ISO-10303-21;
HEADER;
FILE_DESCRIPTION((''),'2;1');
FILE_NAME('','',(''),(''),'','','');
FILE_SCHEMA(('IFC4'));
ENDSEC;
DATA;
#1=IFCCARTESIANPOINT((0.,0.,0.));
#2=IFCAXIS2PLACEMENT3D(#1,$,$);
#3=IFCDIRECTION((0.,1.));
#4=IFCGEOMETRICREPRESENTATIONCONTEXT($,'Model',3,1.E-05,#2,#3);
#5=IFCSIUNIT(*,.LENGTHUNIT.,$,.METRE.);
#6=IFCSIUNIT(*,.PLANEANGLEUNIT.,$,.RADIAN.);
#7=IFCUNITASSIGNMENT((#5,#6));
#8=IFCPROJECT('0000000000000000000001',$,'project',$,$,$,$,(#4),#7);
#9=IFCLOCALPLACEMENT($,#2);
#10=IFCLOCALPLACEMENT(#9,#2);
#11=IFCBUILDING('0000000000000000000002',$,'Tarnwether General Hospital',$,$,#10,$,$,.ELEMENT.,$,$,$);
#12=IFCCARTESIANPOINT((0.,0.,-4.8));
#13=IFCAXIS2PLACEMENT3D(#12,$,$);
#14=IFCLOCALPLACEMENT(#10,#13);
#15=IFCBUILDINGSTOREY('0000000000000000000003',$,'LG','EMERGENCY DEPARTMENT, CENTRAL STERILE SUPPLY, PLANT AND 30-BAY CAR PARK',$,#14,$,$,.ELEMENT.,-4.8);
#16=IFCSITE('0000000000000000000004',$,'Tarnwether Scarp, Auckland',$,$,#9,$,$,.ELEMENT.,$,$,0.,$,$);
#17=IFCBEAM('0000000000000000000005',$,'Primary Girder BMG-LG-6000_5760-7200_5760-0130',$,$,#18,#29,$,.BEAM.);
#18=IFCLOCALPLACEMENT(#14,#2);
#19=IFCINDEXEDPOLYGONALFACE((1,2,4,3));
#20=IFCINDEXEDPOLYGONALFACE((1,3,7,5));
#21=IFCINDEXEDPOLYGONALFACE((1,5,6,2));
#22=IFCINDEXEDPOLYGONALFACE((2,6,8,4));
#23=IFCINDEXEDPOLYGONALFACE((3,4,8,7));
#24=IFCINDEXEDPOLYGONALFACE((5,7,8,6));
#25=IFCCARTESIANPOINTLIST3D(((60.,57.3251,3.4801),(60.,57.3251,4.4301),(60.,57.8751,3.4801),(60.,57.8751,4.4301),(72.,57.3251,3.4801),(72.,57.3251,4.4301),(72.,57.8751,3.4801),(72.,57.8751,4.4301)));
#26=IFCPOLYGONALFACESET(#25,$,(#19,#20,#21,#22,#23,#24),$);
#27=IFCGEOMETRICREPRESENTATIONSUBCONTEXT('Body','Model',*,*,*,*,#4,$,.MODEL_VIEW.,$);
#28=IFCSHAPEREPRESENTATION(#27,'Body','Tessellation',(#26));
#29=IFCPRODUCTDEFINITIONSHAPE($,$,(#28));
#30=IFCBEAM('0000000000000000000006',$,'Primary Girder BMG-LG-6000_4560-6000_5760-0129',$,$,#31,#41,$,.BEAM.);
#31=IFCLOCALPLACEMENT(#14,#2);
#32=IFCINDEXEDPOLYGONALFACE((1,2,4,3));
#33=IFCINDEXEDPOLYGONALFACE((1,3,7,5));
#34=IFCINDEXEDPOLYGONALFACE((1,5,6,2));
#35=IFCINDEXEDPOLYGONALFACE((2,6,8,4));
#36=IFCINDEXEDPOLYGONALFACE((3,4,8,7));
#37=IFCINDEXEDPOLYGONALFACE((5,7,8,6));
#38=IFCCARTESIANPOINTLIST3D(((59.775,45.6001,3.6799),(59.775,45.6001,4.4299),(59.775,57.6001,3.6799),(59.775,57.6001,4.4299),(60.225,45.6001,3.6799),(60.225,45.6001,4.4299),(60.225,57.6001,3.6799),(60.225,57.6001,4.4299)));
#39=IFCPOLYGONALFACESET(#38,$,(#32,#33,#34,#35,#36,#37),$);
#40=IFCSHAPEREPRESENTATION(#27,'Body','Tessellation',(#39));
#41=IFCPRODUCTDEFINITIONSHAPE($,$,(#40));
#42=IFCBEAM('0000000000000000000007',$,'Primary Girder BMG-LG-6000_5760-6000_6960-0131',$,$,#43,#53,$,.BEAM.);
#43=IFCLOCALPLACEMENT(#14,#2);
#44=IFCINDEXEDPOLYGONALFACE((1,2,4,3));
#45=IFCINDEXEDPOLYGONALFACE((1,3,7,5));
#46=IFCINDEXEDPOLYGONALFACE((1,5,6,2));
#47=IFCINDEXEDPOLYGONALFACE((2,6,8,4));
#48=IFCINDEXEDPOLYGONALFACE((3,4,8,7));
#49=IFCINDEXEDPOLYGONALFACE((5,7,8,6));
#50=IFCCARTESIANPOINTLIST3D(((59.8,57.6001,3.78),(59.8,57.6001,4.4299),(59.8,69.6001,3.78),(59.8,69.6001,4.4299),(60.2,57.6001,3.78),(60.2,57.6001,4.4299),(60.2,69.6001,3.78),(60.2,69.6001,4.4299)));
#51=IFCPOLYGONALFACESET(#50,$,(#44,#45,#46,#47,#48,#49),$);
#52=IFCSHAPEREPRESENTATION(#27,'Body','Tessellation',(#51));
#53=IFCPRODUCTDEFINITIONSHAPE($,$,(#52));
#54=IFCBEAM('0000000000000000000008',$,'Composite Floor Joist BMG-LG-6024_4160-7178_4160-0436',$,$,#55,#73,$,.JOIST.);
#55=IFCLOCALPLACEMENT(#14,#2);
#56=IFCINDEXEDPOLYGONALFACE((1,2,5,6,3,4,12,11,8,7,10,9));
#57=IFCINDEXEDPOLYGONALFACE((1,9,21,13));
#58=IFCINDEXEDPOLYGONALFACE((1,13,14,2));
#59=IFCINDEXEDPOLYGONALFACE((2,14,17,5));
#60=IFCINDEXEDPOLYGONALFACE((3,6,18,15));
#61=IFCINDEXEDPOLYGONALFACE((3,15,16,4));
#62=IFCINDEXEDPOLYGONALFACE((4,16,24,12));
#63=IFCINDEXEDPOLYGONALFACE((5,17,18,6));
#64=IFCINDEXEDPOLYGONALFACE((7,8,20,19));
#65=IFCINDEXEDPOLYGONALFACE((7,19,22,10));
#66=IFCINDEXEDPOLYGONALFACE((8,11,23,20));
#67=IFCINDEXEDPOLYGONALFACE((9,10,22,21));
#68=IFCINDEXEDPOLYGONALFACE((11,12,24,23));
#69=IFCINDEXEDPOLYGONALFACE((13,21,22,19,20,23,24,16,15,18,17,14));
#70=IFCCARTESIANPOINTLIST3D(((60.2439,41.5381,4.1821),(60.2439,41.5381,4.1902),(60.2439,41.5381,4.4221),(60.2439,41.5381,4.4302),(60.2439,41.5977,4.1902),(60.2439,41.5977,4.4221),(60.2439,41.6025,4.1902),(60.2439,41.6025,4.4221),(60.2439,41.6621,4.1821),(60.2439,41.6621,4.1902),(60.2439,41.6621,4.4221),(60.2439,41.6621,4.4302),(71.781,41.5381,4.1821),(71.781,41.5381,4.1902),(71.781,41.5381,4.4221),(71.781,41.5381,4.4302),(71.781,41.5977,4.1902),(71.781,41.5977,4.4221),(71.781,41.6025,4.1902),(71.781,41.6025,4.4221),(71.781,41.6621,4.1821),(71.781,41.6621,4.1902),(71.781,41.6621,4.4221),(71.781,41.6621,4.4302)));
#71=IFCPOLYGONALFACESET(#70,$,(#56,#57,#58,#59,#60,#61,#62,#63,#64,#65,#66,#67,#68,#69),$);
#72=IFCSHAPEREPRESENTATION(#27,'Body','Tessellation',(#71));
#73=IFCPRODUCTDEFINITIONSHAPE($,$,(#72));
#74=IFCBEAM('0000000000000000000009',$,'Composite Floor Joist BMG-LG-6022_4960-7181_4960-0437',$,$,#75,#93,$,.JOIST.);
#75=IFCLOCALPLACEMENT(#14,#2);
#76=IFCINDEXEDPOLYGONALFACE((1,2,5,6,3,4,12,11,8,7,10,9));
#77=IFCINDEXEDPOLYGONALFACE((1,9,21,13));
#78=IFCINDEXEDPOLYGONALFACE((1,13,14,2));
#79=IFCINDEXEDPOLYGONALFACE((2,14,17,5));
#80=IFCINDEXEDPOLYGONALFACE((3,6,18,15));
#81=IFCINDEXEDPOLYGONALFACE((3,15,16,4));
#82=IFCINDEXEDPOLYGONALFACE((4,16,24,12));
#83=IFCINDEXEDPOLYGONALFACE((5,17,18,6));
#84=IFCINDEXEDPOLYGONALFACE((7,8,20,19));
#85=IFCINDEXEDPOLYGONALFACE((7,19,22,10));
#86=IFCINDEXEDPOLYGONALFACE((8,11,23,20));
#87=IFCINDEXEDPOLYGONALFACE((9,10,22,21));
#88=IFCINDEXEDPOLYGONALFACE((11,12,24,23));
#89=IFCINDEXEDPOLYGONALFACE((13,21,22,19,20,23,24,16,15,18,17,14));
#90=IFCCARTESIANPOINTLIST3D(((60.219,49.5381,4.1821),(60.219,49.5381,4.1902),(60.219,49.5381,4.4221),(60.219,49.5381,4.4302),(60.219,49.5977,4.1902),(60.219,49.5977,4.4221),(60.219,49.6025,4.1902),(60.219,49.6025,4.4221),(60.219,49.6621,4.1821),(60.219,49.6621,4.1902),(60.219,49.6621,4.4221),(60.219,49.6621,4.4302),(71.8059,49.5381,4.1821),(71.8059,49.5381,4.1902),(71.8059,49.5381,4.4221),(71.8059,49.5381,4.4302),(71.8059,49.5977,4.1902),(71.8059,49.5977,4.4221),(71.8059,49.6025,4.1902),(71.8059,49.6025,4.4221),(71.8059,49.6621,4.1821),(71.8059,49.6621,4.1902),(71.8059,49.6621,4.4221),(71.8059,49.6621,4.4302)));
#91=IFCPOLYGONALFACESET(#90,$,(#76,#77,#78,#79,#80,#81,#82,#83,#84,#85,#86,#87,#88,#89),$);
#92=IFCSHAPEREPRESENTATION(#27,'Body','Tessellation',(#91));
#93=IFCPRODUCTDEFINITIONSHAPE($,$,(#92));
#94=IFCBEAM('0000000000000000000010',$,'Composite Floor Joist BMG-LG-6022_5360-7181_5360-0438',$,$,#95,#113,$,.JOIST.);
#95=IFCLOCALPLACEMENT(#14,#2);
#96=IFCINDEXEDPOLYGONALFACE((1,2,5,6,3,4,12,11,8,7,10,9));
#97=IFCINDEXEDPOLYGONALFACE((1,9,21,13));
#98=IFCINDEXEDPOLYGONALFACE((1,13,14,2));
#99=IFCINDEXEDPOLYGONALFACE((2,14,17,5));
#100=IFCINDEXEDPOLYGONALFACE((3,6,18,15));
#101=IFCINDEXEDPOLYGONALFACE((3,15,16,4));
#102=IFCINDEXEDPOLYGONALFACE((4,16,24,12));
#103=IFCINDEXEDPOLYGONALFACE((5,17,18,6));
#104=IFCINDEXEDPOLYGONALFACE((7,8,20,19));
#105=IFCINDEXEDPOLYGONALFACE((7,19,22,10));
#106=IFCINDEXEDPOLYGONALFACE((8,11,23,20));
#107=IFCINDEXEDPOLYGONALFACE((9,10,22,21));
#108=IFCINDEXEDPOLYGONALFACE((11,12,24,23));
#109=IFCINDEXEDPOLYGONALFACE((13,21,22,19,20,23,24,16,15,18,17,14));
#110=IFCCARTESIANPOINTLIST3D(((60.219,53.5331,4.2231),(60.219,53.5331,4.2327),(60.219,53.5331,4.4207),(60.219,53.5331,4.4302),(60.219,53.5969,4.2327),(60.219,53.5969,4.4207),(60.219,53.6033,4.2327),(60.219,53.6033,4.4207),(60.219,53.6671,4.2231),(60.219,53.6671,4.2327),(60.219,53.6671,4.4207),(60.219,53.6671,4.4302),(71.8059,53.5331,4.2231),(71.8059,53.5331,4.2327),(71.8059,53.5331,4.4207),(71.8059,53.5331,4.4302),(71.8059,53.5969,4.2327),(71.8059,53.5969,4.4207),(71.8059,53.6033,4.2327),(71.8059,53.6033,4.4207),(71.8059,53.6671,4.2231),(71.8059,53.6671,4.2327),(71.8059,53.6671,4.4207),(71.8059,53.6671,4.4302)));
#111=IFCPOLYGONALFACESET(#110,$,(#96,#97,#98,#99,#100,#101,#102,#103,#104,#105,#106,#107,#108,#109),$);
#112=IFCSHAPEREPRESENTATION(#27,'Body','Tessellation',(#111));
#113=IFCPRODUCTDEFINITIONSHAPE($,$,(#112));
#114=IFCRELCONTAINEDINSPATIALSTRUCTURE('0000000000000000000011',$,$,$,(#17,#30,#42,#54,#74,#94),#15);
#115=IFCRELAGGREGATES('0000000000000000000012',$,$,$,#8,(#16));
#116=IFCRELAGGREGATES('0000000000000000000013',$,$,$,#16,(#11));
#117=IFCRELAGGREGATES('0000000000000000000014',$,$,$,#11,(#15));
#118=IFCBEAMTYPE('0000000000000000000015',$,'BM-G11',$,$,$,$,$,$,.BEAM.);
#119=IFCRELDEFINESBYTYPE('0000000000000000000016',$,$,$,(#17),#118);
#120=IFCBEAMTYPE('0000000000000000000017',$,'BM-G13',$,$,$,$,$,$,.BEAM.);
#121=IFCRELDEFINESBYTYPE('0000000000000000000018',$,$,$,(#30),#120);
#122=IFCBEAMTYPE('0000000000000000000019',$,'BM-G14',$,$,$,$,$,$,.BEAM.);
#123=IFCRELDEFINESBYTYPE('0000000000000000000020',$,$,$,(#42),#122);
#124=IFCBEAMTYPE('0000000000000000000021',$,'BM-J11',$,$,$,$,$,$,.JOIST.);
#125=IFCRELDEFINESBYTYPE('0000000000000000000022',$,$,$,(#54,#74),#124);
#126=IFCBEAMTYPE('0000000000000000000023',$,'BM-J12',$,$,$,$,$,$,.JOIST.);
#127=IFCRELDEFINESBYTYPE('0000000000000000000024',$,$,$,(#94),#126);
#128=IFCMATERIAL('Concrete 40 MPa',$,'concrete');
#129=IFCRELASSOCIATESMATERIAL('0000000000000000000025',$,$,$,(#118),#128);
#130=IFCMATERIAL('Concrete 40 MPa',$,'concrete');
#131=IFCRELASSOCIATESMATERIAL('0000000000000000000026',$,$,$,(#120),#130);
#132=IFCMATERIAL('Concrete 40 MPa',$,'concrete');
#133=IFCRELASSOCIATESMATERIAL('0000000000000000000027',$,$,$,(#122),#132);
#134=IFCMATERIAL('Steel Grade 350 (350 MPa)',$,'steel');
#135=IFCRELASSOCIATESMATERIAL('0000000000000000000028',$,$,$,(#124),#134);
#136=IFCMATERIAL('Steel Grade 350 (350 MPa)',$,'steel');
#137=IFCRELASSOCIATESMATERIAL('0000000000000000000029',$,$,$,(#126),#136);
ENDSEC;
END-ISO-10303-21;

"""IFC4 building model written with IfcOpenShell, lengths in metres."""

from ifc_helpers import new_model, si_unit, direction, frame, origin, origin_2d, place, context, subcontext, project, spatial, rectangle, i_section, extrude, material, material_profile, profile_set, type_object, element, save


model = new_model("IFC4")

# Units and contexts
model_context = context("Model", 3, precision=1e-05, world=origin(), true_north=direction((0.0, 1.0)))
body_context = subcontext(model_context, "Body", "Model", "MODEL_VIEW")
ifc_project = project(units=[si_unit("LENGTHUNIT", "METRE"), si_unit("PLANEANGLEUNIT", "RADIAN")], contexts=[model_context])

# Site, building, storey
site_placement = place(None, origin())
site = spatial("IfcSite", under=ifc_project, at=site_placement, Name="Tarnwether Scarp, Auckland", CompositionType="ELEMENT", RefElevation=0.0)
building_placement = place(site_placement, origin())
building = spatial("IfcBuilding", under=site, at=building_placement, Name="Tarnwether General Hospital", CompositionType="ELEMENT")
storey_placement = place(building_placement, frame((0.0, 0.0, -4.8)))
storey = spatial("IfcBuildingStorey", under=building, at=storey_placement, Name="LG", Description="EMERGENCY DEPARTMENT, CENTRAL STERILE SUPPLY, PLANT AND 30-BAY CAR PARK", CompositionType="ELEMENT", Elevation=-4.8)

# Beams
ifc_material_1 = material(Name="Concrete 40 MPa", Category="concrete")
ifc_material_profile_1 = material_profile(ifc_material_1, rectangle(XDim=0.55, YDim=0.95, at=origin_2d()), Name="RC-BM-550x950")
ifc_profile_set_1 = profile_set([ifc_material_profile_1], Name="Concrete 40 MPa")
beam_type_1 = type_object("IfcBeamType", Name="BM-G11", PredefinedType="BEAM", material=ifc_profile_set_1)
beam_1_placement = place(storey_placement, frame((60.0, 57.6001, 3.9551), z_axis=(1.0, 0.0, 0.0), x_axis=(0.0, 1.0, 0.0)))
element("IfcBeam", 1, at=beam_1_placement, inside=storey, type_object=beam_type_1, Name="Primary Girder BMG-LG-6000_5760-7200_5760-0130", PredefinedType="BEAM", context=body_context, shape_type="SweptSolid", body=[
    extrude(rectangle(XDim=0.55, YDim=0.95, at=origin_2d()), origin(), (0.0, 0.0, 1.0), 12.0),
])
ifc_material_2 = material(Name="Concrete 40 MPa", Category="concrete")
ifc_material_profile_2 = material_profile(ifc_material_2, rectangle(XDim=0.45, YDim=0.75, at=origin_2d()), Name="RC-BM-450x750")
ifc_profile_set_2 = profile_set([ifc_material_profile_2], Name="Concrete 40 MPa")
beam_type_2 = type_object("IfcBeamType", Name="BM-G13", PredefinedType="BEAM", material=ifc_profile_set_2)
beam_2_placement = place(storey_placement, frame((60.0, 45.6001, 4.0549), z_axis=(0.0, 1.0, 0.0), x_axis=(-1.0, 0.0, 0.0)))
element("IfcBeam", 2, at=beam_2_placement, inside=storey, type_object=beam_type_2, Name="Primary Girder BMG-LG-6000_4560-6000_5760-0129", PredefinedType="BEAM", context=body_context, shape_type="SweptSolid", body=[
    extrude(rectangle(XDim=0.45, YDim=0.75, at=origin_2d()), origin(), (0.0, 0.0, 1.0), 12.0),
])
ifc_material_3 = material(Name="Concrete 40 MPa", Category="concrete")
ifc_material_profile_3 = material_profile(ifc_material_3, rectangle(XDim=0.3999, YDim=0.6499, at=origin_2d()), Name="RC-BM-400x650")
ifc_profile_set_3 = profile_set([ifc_material_profile_3], Name="Concrete 40 MPa")
beam_type_3 = type_object("IfcBeamType", Name="BM-G14", PredefinedType="BEAM", material=ifc_profile_set_3)
beam_3_placement = place(storey_placement, frame((60.0, 57.6001, 4.105), z_axis=(0.0, 1.0, 0.0), x_axis=(-1.0, 0.0, 0.0)))
element("IfcBeam", 3, at=beam_3_placement, inside=storey, type_object=beam_type_3, Name="Primary Girder BMG-LG-6000_5760-6000_6960-0131", PredefinedType="BEAM", context=body_context, shape_type="SweptSolid", body=[
    extrude(rectangle(XDim=0.3999, YDim=0.6499, at=origin_2d()), origin(), (0.0, 0.0, 1.0), 12.0),
])
ifc_material_4 = material(Name="Steel Grade 350 (350 MPa)", Category="steel")
ifc_material_profile_4 = material_profile(ifc_material_4, i_section(OverallWidth=0.124, OverallDepth=0.248, WebThickness=0.0049, FlangeThickness=0.0081, at=origin_2d()), Name="250UB25.7")
ifc_profile_set_4 = profile_set([ifc_material_profile_4], Name="Steel Grade 350 (350 MPa)")
beam_type_4 = type_object("IfcBeamType", Name="BM-J11", PredefinedType="JOIST", material=ifc_profile_set_4)
beam_4_placement = place(storey_placement, frame((60.2439, 41.6001, 4.3062), z_axis=(1.0, 0.0, 0.0), x_axis=(0.0, 1.0, 0.0)))
element("IfcBeam", 4, at=beam_4_placement, inside=storey, type_object=beam_type_4, Name="Composite Floor Joist BMG-LG-6024_4160-7178_4160-0436", PredefinedType="JOIST", context=body_context, shape_type="SweptSolid", body=[
    extrude(i_section(OverallWidth=0.124, OverallDepth=0.248, WebThickness=0.0049, FlangeThickness=0.0081, at=origin_2d()), origin(), (0.0, 0.0, 1.0), 11.5371),
])
beam_5_placement = place(storey_placement, frame((60.219, 49.6001, 4.3062), z_axis=(1.0, 0.0, 0.0), x_axis=(0.0, 1.0, 0.0)))
element("IfcBeam", 5, at=beam_5_placement, inside=storey, type_object=beam_type_4, Name="Composite Floor Joist BMG-LG-6022_4960-7181_4960-0437", PredefinedType="JOIST", context=body_context, shape_type="SweptSolid", body=[
    extrude(i_section(OverallWidth=0.124, OverallDepth=0.248, WebThickness=0.0049, FlangeThickness=0.0081, at=origin_2d()), origin(), (0.0, 0.0, 1.0), 11.5869),
])
ifc_material_5 = material(Name="Steel Grade 350 (350 MPa)", Category="steel")
ifc_material_profile_5 = material_profile(ifc_material_5, i_section(OverallWidth=0.134, OverallDepth=0.207, WebThickness=0.0063, FlangeThickness=0.0095, at=origin_2d()), Name="200UB29.8")
ifc_profile_set_5 = profile_set([ifc_material_profile_5], Name="Steel Grade 350 (350 MPa)")
beam_type_5 = type_object("IfcBeamType", Name="BM-J12", PredefinedType="JOIST", material=ifc_profile_set_5)
beam_6_placement = place(storey_placement, frame((60.219, 53.6001, 4.3267), z_axis=(1.0, 0.0, 0.0), x_axis=(0.0, 1.0, 0.0)))
element("IfcBeam", 6, at=beam_6_placement, inside=storey, type_object=beam_type_5, Name="Composite Floor Joist BMG-LG-6022_5360-7181_5360-0438", PredefinedType="JOIST", context=body_context, shape_type="SweptSolid", body=[
    extrude(i_section(OverallWidth=0.134, OverallDepth=0.207, WebThickness=0.0063, FlangeThickness=0.0095, at=origin_2d()), origin(), (0.0, 0.0, 1.0), 11.5869),
])

save(model, "model.ifc")
